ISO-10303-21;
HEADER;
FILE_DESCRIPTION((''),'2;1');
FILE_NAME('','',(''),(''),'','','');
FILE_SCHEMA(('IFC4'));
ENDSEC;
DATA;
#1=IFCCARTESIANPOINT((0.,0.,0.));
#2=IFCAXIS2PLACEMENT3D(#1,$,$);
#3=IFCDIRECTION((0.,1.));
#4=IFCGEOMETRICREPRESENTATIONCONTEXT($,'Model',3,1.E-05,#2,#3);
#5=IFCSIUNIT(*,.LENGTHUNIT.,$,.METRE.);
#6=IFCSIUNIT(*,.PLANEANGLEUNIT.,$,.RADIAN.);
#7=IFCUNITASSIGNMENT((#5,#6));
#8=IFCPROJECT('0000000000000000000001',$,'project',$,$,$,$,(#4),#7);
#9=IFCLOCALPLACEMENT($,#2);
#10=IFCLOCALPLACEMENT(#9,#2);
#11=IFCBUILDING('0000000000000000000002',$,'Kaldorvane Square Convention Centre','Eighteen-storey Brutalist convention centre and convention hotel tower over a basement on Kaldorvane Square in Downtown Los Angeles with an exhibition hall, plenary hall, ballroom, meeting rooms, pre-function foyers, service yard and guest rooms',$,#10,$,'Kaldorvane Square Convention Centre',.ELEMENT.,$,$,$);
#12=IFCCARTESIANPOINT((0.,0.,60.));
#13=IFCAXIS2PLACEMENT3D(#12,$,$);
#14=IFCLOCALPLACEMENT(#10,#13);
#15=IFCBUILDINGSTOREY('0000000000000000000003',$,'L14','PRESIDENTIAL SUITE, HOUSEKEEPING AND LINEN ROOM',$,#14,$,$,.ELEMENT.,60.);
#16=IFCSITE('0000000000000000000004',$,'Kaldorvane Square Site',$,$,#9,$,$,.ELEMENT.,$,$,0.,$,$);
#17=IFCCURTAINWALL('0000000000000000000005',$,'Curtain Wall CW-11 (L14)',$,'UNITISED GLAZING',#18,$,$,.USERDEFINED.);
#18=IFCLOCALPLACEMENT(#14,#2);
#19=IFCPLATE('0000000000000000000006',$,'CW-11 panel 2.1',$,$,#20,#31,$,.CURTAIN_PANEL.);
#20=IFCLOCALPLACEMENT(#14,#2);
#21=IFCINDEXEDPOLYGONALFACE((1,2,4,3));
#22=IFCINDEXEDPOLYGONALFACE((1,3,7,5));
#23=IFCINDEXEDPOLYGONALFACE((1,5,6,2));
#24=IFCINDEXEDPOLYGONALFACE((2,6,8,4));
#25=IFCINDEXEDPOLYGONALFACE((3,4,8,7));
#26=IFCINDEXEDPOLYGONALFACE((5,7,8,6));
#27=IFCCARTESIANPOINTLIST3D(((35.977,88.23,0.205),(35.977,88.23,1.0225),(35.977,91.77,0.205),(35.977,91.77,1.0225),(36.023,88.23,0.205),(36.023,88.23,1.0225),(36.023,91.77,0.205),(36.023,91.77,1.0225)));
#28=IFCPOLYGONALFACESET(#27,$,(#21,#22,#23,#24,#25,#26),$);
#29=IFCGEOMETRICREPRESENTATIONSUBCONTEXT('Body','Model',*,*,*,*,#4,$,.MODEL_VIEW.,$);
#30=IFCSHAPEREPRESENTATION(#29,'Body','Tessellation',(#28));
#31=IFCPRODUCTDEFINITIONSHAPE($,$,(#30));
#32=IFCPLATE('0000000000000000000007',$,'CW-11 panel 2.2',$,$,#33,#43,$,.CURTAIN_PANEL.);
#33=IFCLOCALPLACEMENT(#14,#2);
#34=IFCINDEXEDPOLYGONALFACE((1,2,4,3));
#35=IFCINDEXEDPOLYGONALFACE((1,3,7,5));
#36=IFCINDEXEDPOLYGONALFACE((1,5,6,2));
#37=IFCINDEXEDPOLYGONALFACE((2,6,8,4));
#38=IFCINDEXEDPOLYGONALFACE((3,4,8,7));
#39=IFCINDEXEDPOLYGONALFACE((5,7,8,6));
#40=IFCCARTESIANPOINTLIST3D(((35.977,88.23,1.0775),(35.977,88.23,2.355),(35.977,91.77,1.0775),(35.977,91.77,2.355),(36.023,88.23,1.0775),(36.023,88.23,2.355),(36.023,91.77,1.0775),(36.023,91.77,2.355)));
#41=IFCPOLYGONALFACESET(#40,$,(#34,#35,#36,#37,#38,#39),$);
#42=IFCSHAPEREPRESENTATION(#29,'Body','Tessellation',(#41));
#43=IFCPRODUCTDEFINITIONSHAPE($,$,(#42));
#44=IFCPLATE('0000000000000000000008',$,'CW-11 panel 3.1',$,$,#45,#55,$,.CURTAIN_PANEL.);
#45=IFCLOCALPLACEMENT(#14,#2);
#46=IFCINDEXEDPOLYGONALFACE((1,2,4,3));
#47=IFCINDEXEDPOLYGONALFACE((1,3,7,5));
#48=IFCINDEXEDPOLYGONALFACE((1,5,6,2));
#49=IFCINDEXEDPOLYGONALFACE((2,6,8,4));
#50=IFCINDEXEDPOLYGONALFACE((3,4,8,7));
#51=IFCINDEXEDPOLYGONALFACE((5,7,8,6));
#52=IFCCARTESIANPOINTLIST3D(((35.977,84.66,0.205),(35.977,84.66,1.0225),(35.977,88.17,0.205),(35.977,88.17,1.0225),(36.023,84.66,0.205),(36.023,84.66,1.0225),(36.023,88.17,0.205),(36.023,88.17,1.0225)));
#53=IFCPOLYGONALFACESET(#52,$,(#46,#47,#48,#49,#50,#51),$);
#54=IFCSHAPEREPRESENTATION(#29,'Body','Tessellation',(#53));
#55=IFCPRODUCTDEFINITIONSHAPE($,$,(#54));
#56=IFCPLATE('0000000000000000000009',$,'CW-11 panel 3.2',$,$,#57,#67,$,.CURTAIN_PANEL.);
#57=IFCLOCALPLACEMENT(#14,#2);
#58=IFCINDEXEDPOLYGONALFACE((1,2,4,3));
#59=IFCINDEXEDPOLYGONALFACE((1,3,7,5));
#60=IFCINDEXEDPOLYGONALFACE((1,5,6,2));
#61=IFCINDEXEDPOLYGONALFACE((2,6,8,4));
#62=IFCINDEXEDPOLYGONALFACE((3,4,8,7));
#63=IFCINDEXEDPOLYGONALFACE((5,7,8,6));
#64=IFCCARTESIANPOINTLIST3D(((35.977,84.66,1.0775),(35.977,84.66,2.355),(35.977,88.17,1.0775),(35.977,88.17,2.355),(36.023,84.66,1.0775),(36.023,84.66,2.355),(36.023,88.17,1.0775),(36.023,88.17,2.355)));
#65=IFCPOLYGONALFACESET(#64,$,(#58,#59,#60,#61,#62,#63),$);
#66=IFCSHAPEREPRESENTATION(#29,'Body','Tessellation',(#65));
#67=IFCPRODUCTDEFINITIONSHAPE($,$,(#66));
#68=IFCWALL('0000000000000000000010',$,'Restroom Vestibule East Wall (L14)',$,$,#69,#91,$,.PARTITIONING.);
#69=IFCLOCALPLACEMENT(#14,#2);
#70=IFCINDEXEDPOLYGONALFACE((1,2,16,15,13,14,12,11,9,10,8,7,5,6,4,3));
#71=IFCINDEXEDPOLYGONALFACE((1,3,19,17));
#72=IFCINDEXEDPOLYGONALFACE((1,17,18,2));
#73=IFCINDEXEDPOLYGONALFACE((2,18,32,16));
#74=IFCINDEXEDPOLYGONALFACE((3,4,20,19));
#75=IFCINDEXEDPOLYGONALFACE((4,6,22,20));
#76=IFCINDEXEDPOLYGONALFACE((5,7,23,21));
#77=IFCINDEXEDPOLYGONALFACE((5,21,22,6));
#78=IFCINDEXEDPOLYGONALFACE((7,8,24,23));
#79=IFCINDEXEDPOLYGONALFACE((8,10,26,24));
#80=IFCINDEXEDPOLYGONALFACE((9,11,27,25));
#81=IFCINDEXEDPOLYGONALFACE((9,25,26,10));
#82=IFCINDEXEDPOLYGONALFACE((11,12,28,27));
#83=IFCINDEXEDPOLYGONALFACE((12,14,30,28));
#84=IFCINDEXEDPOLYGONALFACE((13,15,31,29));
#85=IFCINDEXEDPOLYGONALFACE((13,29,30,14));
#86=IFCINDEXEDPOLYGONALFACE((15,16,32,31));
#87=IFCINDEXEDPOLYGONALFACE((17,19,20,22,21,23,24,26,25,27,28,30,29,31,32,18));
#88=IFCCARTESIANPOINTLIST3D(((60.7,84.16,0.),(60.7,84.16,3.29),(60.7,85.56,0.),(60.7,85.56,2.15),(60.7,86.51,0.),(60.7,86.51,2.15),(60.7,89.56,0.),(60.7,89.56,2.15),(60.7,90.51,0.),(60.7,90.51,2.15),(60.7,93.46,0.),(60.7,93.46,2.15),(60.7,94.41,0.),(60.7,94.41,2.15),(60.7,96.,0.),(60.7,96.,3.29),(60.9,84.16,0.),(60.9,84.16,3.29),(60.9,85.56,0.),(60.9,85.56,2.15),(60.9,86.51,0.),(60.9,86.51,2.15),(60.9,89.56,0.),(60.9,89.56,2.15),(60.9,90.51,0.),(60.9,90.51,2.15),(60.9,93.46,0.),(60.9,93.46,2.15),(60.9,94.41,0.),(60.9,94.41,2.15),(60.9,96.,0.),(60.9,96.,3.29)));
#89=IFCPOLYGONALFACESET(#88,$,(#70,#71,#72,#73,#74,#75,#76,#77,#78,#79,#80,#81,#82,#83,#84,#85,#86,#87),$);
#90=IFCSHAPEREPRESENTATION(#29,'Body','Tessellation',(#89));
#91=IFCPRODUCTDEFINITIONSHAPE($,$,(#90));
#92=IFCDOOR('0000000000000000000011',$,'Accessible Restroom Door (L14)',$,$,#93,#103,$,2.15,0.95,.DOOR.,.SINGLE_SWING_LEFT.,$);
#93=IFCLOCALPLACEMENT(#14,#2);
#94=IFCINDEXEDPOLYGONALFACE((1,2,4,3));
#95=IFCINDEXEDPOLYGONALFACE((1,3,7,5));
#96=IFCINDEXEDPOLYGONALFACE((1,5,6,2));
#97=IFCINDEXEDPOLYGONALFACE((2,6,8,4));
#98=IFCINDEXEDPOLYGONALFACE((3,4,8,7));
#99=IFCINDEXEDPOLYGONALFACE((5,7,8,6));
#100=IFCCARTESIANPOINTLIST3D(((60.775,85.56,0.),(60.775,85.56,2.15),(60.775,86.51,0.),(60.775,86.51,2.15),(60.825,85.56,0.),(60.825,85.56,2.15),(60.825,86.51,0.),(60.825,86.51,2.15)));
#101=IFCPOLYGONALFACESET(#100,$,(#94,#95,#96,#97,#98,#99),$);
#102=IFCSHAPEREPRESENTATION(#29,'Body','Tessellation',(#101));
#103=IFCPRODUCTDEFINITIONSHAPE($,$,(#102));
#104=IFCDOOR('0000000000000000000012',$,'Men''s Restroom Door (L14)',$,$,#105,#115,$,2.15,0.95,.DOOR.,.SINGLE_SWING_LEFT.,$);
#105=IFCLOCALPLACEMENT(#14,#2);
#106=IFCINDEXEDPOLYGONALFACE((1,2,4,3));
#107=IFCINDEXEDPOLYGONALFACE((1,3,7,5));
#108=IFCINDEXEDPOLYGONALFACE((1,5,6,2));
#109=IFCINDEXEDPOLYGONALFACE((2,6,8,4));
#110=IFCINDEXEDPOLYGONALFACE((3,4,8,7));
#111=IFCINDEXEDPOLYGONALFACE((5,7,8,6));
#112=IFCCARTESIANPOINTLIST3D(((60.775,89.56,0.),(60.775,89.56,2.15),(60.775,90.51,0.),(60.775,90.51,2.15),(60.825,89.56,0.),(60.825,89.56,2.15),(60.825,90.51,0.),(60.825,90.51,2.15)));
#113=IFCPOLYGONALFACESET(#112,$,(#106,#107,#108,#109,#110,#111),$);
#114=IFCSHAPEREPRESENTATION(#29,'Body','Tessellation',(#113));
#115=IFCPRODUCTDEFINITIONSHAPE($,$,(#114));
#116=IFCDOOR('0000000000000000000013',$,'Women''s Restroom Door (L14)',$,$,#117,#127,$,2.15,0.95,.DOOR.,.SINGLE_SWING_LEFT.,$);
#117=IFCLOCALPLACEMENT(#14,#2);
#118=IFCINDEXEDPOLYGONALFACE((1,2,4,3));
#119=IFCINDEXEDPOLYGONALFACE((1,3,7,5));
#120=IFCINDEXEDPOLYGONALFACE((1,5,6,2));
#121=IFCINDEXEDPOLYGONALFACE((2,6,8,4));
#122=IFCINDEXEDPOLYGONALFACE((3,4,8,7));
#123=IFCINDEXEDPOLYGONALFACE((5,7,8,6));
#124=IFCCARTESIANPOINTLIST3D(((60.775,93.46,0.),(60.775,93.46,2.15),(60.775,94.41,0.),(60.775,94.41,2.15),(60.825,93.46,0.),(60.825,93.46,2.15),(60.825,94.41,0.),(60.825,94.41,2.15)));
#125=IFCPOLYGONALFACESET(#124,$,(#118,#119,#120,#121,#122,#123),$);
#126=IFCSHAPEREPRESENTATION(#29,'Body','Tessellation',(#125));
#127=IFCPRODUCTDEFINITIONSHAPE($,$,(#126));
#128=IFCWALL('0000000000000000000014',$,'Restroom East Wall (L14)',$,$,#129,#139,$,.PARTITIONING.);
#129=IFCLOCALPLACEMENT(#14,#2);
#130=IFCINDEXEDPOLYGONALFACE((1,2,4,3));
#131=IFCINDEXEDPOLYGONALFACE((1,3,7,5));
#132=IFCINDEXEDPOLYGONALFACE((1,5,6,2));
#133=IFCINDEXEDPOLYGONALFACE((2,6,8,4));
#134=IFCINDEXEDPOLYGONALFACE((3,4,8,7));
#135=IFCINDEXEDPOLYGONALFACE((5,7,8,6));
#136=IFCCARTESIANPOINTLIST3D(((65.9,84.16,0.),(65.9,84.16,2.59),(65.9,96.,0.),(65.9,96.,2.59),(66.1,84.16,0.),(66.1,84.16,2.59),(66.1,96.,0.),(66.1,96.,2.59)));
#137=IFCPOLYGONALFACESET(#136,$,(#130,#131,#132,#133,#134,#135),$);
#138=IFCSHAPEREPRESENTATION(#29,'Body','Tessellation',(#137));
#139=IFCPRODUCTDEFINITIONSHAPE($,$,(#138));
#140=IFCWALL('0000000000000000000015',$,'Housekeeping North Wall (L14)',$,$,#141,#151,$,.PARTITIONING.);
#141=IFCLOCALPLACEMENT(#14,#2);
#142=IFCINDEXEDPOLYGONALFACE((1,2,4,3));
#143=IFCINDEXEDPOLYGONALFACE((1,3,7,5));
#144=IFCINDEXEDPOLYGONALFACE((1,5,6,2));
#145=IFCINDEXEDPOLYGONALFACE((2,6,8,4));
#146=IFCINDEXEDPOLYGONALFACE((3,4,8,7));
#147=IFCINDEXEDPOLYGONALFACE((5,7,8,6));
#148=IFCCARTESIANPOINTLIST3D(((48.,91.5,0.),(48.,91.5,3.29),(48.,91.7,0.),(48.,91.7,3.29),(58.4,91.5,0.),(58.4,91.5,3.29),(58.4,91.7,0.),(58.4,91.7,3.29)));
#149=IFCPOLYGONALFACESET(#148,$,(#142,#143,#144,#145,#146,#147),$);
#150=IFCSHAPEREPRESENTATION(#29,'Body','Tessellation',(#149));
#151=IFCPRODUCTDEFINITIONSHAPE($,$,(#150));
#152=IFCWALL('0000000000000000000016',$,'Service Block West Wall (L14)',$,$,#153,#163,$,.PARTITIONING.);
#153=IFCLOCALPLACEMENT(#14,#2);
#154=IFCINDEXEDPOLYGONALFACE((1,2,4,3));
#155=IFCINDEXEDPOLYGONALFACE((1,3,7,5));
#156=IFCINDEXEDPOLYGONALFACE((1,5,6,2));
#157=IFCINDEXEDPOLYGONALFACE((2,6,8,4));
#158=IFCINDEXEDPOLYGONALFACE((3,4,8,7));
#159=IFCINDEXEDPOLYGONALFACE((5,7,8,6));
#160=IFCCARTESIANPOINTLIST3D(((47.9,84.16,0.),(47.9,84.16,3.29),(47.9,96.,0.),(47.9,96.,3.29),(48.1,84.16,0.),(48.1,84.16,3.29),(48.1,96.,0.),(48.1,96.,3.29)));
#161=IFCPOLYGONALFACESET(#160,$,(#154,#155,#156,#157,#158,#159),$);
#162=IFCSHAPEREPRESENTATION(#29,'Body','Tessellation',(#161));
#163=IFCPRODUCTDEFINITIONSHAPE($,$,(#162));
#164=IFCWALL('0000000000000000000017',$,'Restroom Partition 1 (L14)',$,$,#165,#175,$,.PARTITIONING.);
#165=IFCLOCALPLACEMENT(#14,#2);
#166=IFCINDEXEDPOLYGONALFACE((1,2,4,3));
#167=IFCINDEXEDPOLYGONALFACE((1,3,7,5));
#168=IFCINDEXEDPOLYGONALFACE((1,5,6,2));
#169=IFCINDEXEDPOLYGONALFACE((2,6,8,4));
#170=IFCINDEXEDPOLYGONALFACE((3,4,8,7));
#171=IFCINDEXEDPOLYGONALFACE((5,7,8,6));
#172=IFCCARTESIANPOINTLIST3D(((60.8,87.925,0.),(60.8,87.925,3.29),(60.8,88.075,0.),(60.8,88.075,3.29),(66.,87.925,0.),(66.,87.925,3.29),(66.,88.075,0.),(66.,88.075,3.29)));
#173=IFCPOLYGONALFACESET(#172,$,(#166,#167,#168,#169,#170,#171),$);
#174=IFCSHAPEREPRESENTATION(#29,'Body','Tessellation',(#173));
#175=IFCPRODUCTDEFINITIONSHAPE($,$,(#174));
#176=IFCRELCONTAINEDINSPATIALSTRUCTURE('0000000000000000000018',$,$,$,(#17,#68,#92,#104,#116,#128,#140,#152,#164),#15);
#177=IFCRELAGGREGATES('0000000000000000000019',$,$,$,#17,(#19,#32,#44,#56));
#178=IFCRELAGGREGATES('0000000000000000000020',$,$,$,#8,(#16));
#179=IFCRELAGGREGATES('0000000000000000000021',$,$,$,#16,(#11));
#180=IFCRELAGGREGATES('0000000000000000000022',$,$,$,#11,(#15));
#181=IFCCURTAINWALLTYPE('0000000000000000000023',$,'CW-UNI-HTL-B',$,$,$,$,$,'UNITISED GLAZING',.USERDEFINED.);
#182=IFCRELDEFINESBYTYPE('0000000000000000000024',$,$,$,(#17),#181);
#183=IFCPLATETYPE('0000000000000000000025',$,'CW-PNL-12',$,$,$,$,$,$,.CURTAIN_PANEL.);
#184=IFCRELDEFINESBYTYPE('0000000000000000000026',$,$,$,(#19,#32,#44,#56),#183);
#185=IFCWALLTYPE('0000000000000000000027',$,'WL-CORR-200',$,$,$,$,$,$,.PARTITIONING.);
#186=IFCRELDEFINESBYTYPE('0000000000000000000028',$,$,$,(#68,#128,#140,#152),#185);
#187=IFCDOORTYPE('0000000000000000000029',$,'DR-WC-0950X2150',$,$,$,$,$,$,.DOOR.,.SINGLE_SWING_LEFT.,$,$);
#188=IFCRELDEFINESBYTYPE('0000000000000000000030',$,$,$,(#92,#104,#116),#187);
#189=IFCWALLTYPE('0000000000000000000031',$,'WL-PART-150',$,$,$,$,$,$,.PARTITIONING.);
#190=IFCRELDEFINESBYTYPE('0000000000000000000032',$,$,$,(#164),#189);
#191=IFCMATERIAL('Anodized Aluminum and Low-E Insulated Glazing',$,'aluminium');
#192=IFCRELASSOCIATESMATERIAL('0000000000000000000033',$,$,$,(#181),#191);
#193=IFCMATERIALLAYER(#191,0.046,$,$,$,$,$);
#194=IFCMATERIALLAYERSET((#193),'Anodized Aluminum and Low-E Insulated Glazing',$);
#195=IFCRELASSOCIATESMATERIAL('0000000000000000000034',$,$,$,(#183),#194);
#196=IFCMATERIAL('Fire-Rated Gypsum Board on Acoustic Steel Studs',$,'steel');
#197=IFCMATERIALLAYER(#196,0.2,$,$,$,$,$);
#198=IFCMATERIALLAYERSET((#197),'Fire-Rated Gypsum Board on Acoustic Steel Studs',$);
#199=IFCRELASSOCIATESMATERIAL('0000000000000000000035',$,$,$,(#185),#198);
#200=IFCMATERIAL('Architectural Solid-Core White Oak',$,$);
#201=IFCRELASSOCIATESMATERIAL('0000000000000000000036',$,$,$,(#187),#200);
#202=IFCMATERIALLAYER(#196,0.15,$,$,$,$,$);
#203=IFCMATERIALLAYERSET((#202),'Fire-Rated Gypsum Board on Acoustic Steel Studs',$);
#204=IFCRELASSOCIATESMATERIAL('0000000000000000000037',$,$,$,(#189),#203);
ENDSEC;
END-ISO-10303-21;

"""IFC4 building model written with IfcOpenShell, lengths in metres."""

from ifc_helpers import new_model, si_unit, direction, frame, frame_2d, origin, origin_2d, place, context, subcontext, project, spatial, rectangle, extrude, material, layer, layer_set, type_object, element, fill, aggregate, save


model = new_model("IFC4")

# Units and contexts
model_context = context("Model", 3, precision=1e-05, world=origin(), true_north=direction((0.0, 1.0)))
body_context = subcontext(model_context, "Body", "Model", "MODEL_VIEW")
ifc_project = project(units=[si_unit("LENGTHUNIT", "METRE"), si_unit("PLANEANGLEUNIT", "RADIAN")], contexts=[model_context])

# Site, building, storey
site_placement = place(None, origin())
site = spatial("IfcSite", under=ifc_project, at=site_placement, Name="Kaldorvane Square Site", CompositionType="ELEMENT", RefElevation=0.0)
building_placement = place(site_placement, origin())
building = spatial("IfcBuilding", under=site, at=building_placement, Name="Kaldorvane Square Convention Centre", Description="Eighteen-storey Brutalist convention centre and convention hotel tower over a basement on Kaldorvane Square in Downtown Los Angeles with an exhibition hall, plenary hall, ballroom, meeting rooms, pre-function foyers, service yard and guest rooms", LongName="Kaldorvane Square Convention Centre", CompositionType="ELEMENT")
storey_placement = place(building_placement, frame((0.0, 0.0, 60.0)))
storey = spatial("IfcBuildingStorey", under=building, at=storey_placement, Name="L14", Description="PRESIDENTIAL SUITE, HOUSEKEEPING AND LINEN ROOM", CompositionType="ELEMENT", Elevation=60.0)

# Curtain wall
ifc_material_1 = material(Name="Anodized Aluminum and Low-E Insulated Glazing", Category="aluminium")
curtain_wall_type_1 = type_object("IfcCurtainWallType", Name="CW-UNI-HTL-B", ElementType="UNITISED GLAZING", PredefinedType="USERDEFINED", material=ifc_material_1)
curtain_wall_1_placement = place(storey_placement, origin())
curtain_wall_1 = element("IfcCurtainWall", 1, at=curtain_wall_1_placement, inside=storey, type_object=curtain_wall_type_1, Name="Curtain Wall CW-11 (L14)", ObjectType="UNITISED GLAZING", PredefinedType="USERDEFINED")

# Plates
ifc_layer_1 = layer(ifc_material_1, 0.046)
ifc_layer_set_1 = layer_set([ifc_layer_1], Name="Anodized Aluminum and Low-E Insulated Glazing")
plate_type_1 = type_object("IfcPlateType", Name="CW-PNL-12", PredefinedType="CURTAIN_PANEL", material=ifc_layer_set_1)
plate_1_placement = place(storey_placement, frame((36.0, 90.0, 0.205), z_axis=(0.0, 0.0, 1.0), x_axis=(0.0, -1.0, 0.0)))
plate_1 = element("IfcPlate", 2, at=plate_1_placement, type_object=plate_type_1, Name="CW-11 panel 2.1", PredefinedType="CURTAIN_PANEL", context=body_context, shape_type="SweptSolid", body=[
    extrude(rectangle(XDim=3.54, YDim=0.046, at=origin_2d()), origin(), (0.0, 0.0, 1.0), 0.8175),
])
plate_2_placement = place(storey_placement, frame((36.0, 90.0, 1.0775), z_axis=(0.0, 0.0, 1.0), x_axis=(0.0, -1.0, 0.0)))
plate_2 = element("IfcPlate", 3, at=plate_2_placement, type_object=plate_type_1, Name="CW-11 panel 2.2", PredefinedType="CURTAIN_PANEL", context=body_context, shape_type="SweptSolid", body=[
    extrude(rectangle(XDim=3.54, YDim=0.046, at=origin_2d()), origin(), (0.0, 0.0, 1.0), 1.2775),
])
plate_3_placement = place(storey_placement, frame((36.0, 86.415, 0.205), z_axis=(0.0, 0.0, 1.0), x_axis=(0.0, -1.0, 0.0)))
plate_3 = element("IfcPlate", 4, at=plate_3_placement, type_object=plate_type_1, Name="CW-11 panel 3.1", PredefinedType="CURTAIN_PANEL", context=body_context, shape_type="SweptSolid", body=[
    extrude(rectangle(XDim=3.51, YDim=0.046, at=origin_2d()), origin(), (0.0, 0.0, 1.0), 0.8175),
])
plate_4_placement = place(storey_placement, frame((36.0, 86.415, 1.0775), z_axis=(0.0, 0.0, 1.0), x_axis=(0.0, -1.0, 0.0)))
plate_4 = element("IfcPlate", 5, at=plate_4_placement, type_object=plate_type_1, Name="CW-11 panel 3.2", PredefinedType="CURTAIN_PANEL", context=body_context, shape_type="SweptSolid", body=[
    extrude(rectangle(XDim=3.51, YDim=0.046, at=origin_2d()), origin(), (0.0, 0.0, 1.0), 1.2775),
])
aggregate(curtain_wall_1, [plate_1, plate_2, plate_3, plate_4])

# Wall, openings, doors
ifc_material_2 = material(Name="Fire-Rated Gypsum Board on Acoustic Steel Studs", Category="steel")
ifc_layer_2 = layer(ifc_material_2, 0.2)
ifc_layer_set_2 = layer_set([ifc_layer_2], Name="Fire-Rated Gypsum Board on Acoustic Steel Studs")
wall_type_1 = type_object("IfcWallType", Name="WL-CORR-200", PredefinedType="PARTITIONING", material=ifc_layer_set_2)
wall_1_placement = place(storey_placement, frame((60.8, 84.16, 0.0), z_axis=(0.0, 0.0, 1.0), x_axis=(0.0, 1.0, 0.0)))
wall_1 = element("IfcWall", 6, at=wall_1_placement, inside=storey, type_object=wall_type_1, Name="Restroom Vestibule East Wall (L14)", PredefinedType="PARTITIONING", context=body_context, shape_type="SweptSolid", body=[
    extrude(rectangle(XDim=11.84, YDim=0.2, at=frame_2d((5.92, 0.0))), origin(), (0.0, 0.0, 1.0), 3.29),
])
opening_1_placement = place(wall_1_placement, frame((1.4, 0.0, 0.0)))
opening_1 = element("IfcOpeningElement", 7, at=opening_1_placement, cuts=wall_1, PredefinedType="OPENING", context=body_context, shape_type="SweptSolid", body=[
    extrude(rectangle(XDim=0.95, YDim=2.15, at=frame_2d((0.475, 1.075))), frame((0.0, 0.115, 0.0), z_axis=(0.0, -1.0, 0.0), x_axis=(1.0, 0.0, 0.0)), (0.0, 0.0, 1.0), 0.23),
])
opening_2_placement = place(wall_1_placement, frame((5.4, 0.0, 0.0)))
opening_2 = element("IfcOpeningElement", 8, at=opening_2_placement, cuts=wall_1, PredefinedType="OPENING", context=body_context, shape_type="SweptSolid", body=[
    extrude(rectangle(XDim=0.95, YDim=2.15, at=frame_2d((0.475, 1.075))), frame((0.0, 0.115, 0.0), z_axis=(0.0, -1.0, 0.0), x_axis=(1.0, 0.0, 0.0)), (0.0, 0.0, 1.0), 0.23),
])
opening_3_placement = place(wall_1_placement, frame((9.3, 0.0, 0.0)))
opening_3 = element("IfcOpeningElement", 9, at=opening_3_placement, cuts=wall_1, PredefinedType="OPENING", context=body_context, shape_type="SweptSolid", body=[
    extrude(rectangle(XDim=0.95, YDim=2.15, at=frame_2d((0.475, 1.075))), frame((0.0, 0.115, 0.0), z_axis=(0.0, -1.0, 0.0), x_axis=(1.0, 0.0, 0.0)), (0.0, 0.0, 1.0), 0.23),
])
ifc_material_3 = material(Name="Architectural Solid-Core White Oak")
door_type = type_object("IfcDoorType", Name="DR-WC-0950X2150", OperationType="SINGLE_SWING_LEFT", PredefinedType="DOOR", material=ifc_material_3)
door_1_placement = place(opening_1_placement, origin())
door_1 = element("IfcDoor", 10, at=door_1_placement, inside=storey, type_object=door_type, Name="Accessible Restroom Door (L14)", OperationType="SINGLE_SWING_LEFT", OverallHeight=2.15, OverallWidth=0.95, PredefinedType="DOOR", context=body_context, shape_type="SweptSolid", body=[
    extrude(rectangle(XDim=0.95, YDim=2.15, at=frame_2d((0.475, 1.075))), frame((0.0, 0.025, 0.0), z_axis=(0.0, -1.0, 0.0), x_axis=(1.0, 0.0, 0.0)), (0.0, 0.0, 1.0), 0.05),
])
fill(opening_1, door_1)
door_2_placement = place(opening_2_placement, origin())
door_2 = element("IfcDoor", 11, at=door_2_placement, inside=storey, type_object=door_type, Name="Men's Restroom Door (L14)", OperationType="SINGLE_SWING_LEFT", OverallHeight=2.15, OverallWidth=0.95, PredefinedType="DOOR", context=body_context, shape_type="SweptSolid", body=[
    extrude(rectangle(XDim=0.95, YDim=2.15, at=frame_2d((0.475, 1.075))), frame((0.0, 0.025, 0.0), z_axis=(0.0, -1.0, 0.0), x_axis=(1.0, 0.0, 0.0)), (0.0, 0.0, 1.0), 0.05),
])
fill(opening_2, door_2)
door_3_placement = place(opening_3_placement, origin())
door_3 = element("IfcDoor", 12, at=door_3_placement, inside=storey, type_object=door_type, Name="Women's Restroom Door (L14)", OperationType="SINGLE_SWING_LEFT", OverallHeight=2.15, OverallWidth=0.95, PredefinedType="DOOR", context=body_context, shape_type="SweptSolid", body=[
    extrude(rectangle(XDim=0.95, YDim=2.15, at=frame_2d((0.475, 1.075))), frame((0.0, 0.025, 0.0), z_axis=(0.0, -1.0, 0.0), x_axis=(1.0, 0.0, 0.0)), (0.0, 0.0, 1.0), 0.05),
])
fill(opening_3, door_3)

# Walls
wall_2_placement = place(storey_placement, frame((66.0, 84.16, 0.0), z_axis=(0.0, 0.0, 1.0), x_axis=(0.0, 1.0, 0.0)))
element("IfcWall", 13, at=wall_2_placement, inside=storey, type_object=wall_type_1, Name="Restroom East Wall (L14)", PredefinedType="PARTITIONING", context=body_context, shape_type="SweptSolid", body=[
    extrude(rectangle(XDim=11.84, YDim=0.2, at=frame_2d((5.92, 0.0))), origin(), (0.0, 0.0, 1.0), 2.59),
])
wall_3_placement = place(storey_placement, frame((48.0, 91.6, 0.0), z_axis=(0.0, 0.0, 1.0), x_axis=(1.0, 0.0, 0.0)))
element("IfcWall", 14, at=wall_3_placement, inside=storey, type_object=wall_type_1, Name="Housekeeping North Wall (L14)", PredefinedType="PARTITIONING", context=body_context, shape_type="SweptSolid", body=[
    extrude(rectangle(XDim=10.4, YDim=0.2, at=frame_2d((5.2, 0.0))), origin(), (0.0, 0.0, 1.0), 3.29),
])
wall_4_placement = place(storey_placement, frame((48.0, 84.16, 0.0), z_axis=(0.0, 0.0, 1.0), x_axis=(0.0, 1.0, 0.0)))
element("IfcWall", 15, at=wall_4_placement, inside=storey, type_object=wall_type_1, Name="Service Block West Wall (L14)", PredefinedType="PARTITIONING", context=body_context, shape_type="SweptSolid", body=[
    extrude(rectangle(XDim=11.84, YDim=0.2, at=frame_2d((5.92, 0.0))), origin(), (0.0, 0.0, 1.0), 3.29),
])
ifc_layer_3 = layer(ifc_material_2, 0.15)
ifc_layer_set_3 = layer_set([ifc_layer_3], Name="Fire-Rated Gypsum Board on Acoustic Steel Studs")
wall_type_2 = type_object("IfcWallType", Name="WL-PART-150", PredefinedType="PARTITIONING", material=ifc_layer_set_3)
wall_5_placement = place(storey_placement, frame((60.8, 88.0, 0.0), z_axis=(0.0, 0.0, 1.0), x_axis=(1.0, 0.0, 0.0)))
element("IfcWall", 16, at=wall_5_placement, inside=storey, type_object=wall_type_2, Name="Restroom Partition 1 (L14)", PredefinedType="PARTITIONING", context=body_context, shape_type="SweptSolid", body=[
    extrude(rectangle(XDim=5.2, YDim=0.15, at=frame_2d((2.6, 0.0))), origin(), (0.0, 0.0, 1.0), 3.29),
])

save(model, "model.ifc")
